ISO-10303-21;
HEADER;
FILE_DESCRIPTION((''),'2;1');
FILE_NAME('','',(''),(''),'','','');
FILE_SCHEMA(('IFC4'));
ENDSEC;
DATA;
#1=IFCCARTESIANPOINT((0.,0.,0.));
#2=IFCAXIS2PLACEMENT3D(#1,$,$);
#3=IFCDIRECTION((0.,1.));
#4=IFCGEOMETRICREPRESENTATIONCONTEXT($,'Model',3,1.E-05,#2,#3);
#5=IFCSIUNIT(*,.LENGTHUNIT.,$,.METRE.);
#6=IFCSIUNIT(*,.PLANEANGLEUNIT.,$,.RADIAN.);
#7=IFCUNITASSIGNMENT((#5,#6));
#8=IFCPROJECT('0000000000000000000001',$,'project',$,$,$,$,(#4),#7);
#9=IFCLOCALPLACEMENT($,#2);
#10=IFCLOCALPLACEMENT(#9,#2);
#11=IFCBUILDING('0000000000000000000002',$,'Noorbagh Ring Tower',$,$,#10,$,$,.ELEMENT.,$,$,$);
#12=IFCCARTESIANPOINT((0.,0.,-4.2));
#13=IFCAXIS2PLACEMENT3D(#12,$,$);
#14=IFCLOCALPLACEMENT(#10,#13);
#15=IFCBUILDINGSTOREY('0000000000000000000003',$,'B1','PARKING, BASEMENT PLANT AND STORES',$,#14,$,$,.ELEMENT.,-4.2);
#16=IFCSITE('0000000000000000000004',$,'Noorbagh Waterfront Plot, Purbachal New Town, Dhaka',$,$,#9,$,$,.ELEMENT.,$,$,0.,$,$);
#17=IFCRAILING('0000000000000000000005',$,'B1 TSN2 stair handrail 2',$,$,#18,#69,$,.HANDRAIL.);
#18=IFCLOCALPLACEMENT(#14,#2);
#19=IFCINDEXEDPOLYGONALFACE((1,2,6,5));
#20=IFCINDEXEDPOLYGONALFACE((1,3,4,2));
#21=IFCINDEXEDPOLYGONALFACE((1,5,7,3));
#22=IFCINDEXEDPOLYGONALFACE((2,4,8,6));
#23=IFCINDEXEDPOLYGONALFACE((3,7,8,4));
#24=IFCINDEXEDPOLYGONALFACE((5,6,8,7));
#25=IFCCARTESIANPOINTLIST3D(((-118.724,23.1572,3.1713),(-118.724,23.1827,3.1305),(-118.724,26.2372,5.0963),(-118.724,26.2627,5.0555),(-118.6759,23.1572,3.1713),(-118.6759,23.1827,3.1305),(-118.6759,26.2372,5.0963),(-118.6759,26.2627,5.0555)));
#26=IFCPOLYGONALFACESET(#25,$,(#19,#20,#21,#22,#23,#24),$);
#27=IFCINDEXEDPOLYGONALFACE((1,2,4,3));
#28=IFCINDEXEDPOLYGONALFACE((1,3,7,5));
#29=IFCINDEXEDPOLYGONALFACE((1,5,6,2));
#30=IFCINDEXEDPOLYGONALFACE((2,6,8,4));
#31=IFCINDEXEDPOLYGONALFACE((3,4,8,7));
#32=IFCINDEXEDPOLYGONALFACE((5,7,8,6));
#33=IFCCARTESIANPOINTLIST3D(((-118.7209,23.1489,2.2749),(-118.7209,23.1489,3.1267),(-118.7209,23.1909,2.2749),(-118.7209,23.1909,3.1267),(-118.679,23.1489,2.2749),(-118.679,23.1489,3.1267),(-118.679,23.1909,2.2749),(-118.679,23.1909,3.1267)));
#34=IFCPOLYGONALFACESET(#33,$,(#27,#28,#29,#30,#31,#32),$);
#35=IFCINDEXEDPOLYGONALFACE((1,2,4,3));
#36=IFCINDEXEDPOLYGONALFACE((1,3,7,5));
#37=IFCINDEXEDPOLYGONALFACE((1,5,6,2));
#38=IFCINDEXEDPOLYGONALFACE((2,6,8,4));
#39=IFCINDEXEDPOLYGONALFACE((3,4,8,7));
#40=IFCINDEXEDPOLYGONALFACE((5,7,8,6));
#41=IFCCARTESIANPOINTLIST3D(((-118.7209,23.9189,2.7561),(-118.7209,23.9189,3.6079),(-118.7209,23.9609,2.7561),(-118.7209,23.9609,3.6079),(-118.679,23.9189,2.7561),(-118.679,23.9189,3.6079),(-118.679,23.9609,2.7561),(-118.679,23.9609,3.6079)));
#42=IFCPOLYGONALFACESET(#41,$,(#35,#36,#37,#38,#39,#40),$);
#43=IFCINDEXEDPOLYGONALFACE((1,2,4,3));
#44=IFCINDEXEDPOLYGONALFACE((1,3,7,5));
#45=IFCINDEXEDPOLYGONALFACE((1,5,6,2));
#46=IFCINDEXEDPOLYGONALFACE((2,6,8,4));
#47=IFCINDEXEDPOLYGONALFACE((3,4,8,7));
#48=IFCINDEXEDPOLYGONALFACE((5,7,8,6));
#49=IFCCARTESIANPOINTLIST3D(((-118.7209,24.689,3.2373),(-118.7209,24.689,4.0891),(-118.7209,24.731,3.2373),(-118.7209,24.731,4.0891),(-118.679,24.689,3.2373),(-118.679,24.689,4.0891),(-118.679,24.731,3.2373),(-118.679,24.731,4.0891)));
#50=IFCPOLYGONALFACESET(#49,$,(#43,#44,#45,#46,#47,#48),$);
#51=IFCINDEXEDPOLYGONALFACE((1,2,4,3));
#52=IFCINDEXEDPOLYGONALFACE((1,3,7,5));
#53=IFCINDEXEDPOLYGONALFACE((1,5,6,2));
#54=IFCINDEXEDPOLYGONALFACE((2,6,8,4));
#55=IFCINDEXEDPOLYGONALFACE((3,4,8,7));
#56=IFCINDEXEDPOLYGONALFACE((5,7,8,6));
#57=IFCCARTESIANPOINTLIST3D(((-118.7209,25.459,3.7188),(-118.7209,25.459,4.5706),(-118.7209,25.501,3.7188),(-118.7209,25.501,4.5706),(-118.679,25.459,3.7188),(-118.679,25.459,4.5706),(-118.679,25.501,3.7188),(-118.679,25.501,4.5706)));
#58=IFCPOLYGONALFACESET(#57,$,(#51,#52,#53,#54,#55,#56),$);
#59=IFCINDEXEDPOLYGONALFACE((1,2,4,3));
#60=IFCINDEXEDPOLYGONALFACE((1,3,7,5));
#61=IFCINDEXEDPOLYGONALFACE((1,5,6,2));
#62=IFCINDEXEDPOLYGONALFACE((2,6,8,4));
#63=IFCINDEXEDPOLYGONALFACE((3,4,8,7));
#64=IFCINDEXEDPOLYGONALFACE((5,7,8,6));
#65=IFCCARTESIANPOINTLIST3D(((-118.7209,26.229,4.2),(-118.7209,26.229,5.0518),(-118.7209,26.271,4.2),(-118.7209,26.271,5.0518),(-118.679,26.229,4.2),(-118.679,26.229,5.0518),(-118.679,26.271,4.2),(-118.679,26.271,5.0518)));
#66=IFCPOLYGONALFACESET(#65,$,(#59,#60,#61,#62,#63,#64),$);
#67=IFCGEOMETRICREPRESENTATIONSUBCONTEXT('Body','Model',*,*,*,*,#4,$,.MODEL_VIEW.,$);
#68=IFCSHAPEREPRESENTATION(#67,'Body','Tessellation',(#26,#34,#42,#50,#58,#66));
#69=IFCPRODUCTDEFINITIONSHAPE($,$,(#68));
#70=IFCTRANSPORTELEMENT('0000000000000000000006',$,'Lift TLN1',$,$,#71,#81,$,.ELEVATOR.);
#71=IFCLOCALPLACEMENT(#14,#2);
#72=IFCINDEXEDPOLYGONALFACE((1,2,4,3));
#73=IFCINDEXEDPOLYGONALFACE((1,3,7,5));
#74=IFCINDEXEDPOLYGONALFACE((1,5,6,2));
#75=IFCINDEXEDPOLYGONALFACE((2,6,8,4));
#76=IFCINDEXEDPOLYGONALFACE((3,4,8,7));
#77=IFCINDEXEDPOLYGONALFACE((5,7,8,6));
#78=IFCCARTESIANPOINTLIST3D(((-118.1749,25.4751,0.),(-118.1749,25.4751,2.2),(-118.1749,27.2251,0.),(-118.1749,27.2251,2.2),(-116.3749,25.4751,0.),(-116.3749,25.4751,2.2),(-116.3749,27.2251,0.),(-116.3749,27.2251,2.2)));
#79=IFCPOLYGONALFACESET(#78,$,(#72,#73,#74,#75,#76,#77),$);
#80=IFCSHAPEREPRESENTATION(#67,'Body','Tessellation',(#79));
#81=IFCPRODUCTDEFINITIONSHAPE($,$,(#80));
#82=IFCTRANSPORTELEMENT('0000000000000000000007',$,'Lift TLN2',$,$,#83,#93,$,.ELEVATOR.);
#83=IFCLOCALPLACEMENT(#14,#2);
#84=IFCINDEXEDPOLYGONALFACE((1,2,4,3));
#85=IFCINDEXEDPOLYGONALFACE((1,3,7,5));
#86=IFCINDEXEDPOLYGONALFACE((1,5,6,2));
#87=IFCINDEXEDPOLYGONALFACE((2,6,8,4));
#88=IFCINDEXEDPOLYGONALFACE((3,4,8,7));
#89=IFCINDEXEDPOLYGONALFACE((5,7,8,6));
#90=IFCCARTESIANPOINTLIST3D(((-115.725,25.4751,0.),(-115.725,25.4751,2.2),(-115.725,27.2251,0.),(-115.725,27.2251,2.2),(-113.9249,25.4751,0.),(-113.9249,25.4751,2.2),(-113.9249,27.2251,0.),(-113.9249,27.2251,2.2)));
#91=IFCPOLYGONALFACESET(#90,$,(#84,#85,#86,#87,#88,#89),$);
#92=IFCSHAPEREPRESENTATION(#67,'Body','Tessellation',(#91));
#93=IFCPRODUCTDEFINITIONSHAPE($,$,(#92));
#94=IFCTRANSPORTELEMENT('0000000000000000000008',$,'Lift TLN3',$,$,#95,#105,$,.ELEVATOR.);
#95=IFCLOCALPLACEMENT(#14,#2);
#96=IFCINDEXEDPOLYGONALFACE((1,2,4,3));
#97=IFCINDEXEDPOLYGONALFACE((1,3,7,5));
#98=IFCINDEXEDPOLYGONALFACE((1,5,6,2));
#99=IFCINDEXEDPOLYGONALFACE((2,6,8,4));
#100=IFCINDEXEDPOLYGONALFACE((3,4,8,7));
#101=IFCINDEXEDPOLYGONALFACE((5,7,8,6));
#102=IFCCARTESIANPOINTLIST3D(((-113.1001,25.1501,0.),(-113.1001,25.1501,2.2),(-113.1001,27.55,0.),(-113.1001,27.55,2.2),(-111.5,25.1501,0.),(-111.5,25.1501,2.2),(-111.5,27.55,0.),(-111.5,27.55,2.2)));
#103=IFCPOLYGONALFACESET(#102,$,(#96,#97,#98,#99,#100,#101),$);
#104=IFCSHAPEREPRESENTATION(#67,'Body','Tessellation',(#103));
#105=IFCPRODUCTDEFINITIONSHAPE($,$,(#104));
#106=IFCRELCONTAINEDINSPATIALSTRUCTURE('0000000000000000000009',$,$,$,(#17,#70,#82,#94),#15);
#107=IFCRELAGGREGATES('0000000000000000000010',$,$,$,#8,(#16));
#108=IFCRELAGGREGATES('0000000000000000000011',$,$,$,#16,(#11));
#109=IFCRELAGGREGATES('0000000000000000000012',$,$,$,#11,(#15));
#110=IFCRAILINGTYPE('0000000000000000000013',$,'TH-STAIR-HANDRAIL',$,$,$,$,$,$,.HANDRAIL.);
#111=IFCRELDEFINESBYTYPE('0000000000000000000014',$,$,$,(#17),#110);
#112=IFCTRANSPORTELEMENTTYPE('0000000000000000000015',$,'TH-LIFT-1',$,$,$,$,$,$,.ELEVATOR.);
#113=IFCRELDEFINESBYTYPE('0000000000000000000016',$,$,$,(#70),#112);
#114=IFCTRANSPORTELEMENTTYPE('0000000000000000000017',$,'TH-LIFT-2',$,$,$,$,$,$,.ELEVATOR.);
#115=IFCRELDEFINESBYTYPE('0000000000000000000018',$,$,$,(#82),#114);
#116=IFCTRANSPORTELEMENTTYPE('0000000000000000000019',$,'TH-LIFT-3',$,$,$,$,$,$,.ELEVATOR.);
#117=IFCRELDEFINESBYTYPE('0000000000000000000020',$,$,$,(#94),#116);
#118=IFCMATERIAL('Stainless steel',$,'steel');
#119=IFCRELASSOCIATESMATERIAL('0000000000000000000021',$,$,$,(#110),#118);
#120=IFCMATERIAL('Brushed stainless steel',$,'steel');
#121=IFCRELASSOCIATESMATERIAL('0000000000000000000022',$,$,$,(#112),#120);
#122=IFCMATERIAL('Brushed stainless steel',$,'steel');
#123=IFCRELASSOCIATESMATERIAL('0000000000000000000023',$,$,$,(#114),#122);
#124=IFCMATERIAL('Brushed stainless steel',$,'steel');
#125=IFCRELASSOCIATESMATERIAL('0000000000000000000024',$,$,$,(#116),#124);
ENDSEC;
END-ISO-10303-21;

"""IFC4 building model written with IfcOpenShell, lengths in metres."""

from ifc_helpers import new_model, si_unit, direction, frame, origin, origin_2d, place, context, subcontext, project, spatial, rectangle, extrude, material, type_object, element, save


model = new_model("IFC4")

# Units and contexts
model_context = context("Model", 3, precision=1e-05, world=origin(), true_north=direction((0.0, 1.0)))
body_context = subcontext(model_context, "Body", "Model", "MODEL_VIEW")
ifc_project = project(units=[si_unit("LENGTHUNIT", "METRE"), si_unit("PLANEANGLEUNIT", "RADIAN")], contexts=[model_context])

# Site, building, storey
site_placement = place(None, origin())
site = spatial("IfcSite", under=ifc_project, at=site_placement, Name="Noorbagh Waterfront Plot, Purbachal New Town, Dhaka", CompositionType="ELEMENT", RefElevation=0.0)
building_placement = place(site_placement, origin())
building = spatial("IfcBuilding", under=site, at=building_placement, Name="Noorbagh Ring Tower", CompositionType="ELEMENT")
storey_placement = place(building_placement, frame((0.0, 0.0, -4.2)))
storey = spatial("IfcBuildingStorey", under=building, at=storey_placement, Name="B1", Description="PARKING, BASEMENT PLANT AND STORES", CompositionType="ELEMENT", Elevation=-4.2)

# Railing
ifc_material_1 = material(Name="Stainless steel", Category="steel")
railing_type_1 = type_object("IfcRailingType", Name="TH-STAIR-HANDRAIL", PredefinedType="HANDRAIL", material=ifc_material_1)
railing_1_placement = place(storey_placement, frame((-118.7, 23.1699, 2.2749)))
element("IfcRailing", 1, at=railing_1_placement, inside=storey, type_object=railing_type_1, Name="B1 TSN2 stair handrail 2", PredefinedType="HANDRAIL", context=body_context, shape_type="SweptSolid", body=[
    extrude(rectangle(XDim=0.0481, YDim=0.0481, at=origin_2d()), frame((0.0, 0.0, 0.876), z_axis=(0.0, 0.847998, 0.529999), x_axis=(-1.0, 0.0, 0.0)), (0.0, 0.0, 1.0), 3.6321),
    extrude(rectangle(XDim=0.042, YDim=0.042, at=origin_2d()), origin(), (0.0, 0.0, 1.0), 0.8518),
    extrude(rectangle(XDim=0.042, YDim=0.042, at=origin_2d()), frame((0.0, 0.77, 0.4812)), (0.0, 0.0, 1.0), 0.8518),
    extrude(rectangle(XDim=0.042, YDim=0.042, at=origin_2d()), frame((0.0, 1.54, 0.9624)), (0.0, 0.0, 1.0), 0.8518),
    extrude(rectangle(XDim=0.042, YDim=0.042, at=origin_2d()), frame((0.0, 2.3101, 1.4438)), (0.0, 0.0, 1.0), 0.8518),
    extrude(rectangle(XDim=0.042, YDim=0.042, at=origin_2d()), frame((0.0, 3.0801, 1.925)), (0.0, 0.0, 1.0), 0.8518),
])

# Transport elements
ifc_material_2 = material(Name="Brushed stainless steel", Category="steel")
transport_element_type_1 = type_object("IfcTransportElementType", Name="TH-LIFT-1", PredefinedType="ELEVATOR", material=ifc_material_2)
transport_element_1_placement = place(storey_placement, frame((-117.2749, 26.3501, 0.0), z_axis=(0.0, 0.0, 1.0), x_axis=(1.0, 0.0, 0.0)))
element("IfcTransportElement", 2, at=transport_element_1_placement, inside=storey, type_object=transport_element_type_1, Name="Lift TLN1", PredefinedType="ELEVATOR", context=body_context, shape_type="SweptSolid", body=[
    extrude(rectangle(XDim=1.8, YDim=1.75, at=origin_2d()), origin(), (0.0, 0.0, 1.0), 2.2),
])
ifc_material_3 = material(Name="Brushed stainless steel", Category="steel")
transport_element_type_2 = type_object("IfcTransportElementType", Name="TH-LIFT-2", PredefinedType="ELEVATOR", material=ifc_material_3)
transport_element_2_placement = place(storey_placement, frame((-114.825, 26.3501, 0.0), z_axis=(0.0, 0.0, 1.0), x_axis=(1.0, 0.0, 0.0)))
element("IfcTransportElement", 3, at=transport_element_2_placement, inside=storey, type_object=transport_element_type_2, Name="Lift TLN2", PredefinedType="ELEVATOR", context=body_context, shape_type="SweptSolid", body=[
    extrude(rectangle(XDim=1.8, YDim=1.75, at=origin_2d()), origin(), (0.0, 0.0, 1.0), 2.2),
])
ifc_material_4 = material(Name="Brushed stainless steel", Category="steel")
transport_element_type_3 = type_object("IfcTransportElementType", Name="TH-LIFT-3", PredefinedType="ELEVATOR", material=ifc_material_4)
transport_element_3_placement = place(storey_placement, frame((-112.3, 26.3501, 0.0), z_axis=(0.0, 0.0, 1.0), x_axis=(1.0, 0.0, 0.0)))
element("IfcTransportElement", 4, at=transport_element_3_placement, inside=storey, type_object=transport_element_type_3, Name="Lift TLN3", PredefinedType="ELEVATOR", context=body_context, shape_type="SweptSolid", body=[
    extrude(rectangle(XDim=1.6001, YDim=2.3999, at=origin_2d()), origin(), (0.0, 0.0, 1.0), 2.2),
])

save(model, "model.ifc")
